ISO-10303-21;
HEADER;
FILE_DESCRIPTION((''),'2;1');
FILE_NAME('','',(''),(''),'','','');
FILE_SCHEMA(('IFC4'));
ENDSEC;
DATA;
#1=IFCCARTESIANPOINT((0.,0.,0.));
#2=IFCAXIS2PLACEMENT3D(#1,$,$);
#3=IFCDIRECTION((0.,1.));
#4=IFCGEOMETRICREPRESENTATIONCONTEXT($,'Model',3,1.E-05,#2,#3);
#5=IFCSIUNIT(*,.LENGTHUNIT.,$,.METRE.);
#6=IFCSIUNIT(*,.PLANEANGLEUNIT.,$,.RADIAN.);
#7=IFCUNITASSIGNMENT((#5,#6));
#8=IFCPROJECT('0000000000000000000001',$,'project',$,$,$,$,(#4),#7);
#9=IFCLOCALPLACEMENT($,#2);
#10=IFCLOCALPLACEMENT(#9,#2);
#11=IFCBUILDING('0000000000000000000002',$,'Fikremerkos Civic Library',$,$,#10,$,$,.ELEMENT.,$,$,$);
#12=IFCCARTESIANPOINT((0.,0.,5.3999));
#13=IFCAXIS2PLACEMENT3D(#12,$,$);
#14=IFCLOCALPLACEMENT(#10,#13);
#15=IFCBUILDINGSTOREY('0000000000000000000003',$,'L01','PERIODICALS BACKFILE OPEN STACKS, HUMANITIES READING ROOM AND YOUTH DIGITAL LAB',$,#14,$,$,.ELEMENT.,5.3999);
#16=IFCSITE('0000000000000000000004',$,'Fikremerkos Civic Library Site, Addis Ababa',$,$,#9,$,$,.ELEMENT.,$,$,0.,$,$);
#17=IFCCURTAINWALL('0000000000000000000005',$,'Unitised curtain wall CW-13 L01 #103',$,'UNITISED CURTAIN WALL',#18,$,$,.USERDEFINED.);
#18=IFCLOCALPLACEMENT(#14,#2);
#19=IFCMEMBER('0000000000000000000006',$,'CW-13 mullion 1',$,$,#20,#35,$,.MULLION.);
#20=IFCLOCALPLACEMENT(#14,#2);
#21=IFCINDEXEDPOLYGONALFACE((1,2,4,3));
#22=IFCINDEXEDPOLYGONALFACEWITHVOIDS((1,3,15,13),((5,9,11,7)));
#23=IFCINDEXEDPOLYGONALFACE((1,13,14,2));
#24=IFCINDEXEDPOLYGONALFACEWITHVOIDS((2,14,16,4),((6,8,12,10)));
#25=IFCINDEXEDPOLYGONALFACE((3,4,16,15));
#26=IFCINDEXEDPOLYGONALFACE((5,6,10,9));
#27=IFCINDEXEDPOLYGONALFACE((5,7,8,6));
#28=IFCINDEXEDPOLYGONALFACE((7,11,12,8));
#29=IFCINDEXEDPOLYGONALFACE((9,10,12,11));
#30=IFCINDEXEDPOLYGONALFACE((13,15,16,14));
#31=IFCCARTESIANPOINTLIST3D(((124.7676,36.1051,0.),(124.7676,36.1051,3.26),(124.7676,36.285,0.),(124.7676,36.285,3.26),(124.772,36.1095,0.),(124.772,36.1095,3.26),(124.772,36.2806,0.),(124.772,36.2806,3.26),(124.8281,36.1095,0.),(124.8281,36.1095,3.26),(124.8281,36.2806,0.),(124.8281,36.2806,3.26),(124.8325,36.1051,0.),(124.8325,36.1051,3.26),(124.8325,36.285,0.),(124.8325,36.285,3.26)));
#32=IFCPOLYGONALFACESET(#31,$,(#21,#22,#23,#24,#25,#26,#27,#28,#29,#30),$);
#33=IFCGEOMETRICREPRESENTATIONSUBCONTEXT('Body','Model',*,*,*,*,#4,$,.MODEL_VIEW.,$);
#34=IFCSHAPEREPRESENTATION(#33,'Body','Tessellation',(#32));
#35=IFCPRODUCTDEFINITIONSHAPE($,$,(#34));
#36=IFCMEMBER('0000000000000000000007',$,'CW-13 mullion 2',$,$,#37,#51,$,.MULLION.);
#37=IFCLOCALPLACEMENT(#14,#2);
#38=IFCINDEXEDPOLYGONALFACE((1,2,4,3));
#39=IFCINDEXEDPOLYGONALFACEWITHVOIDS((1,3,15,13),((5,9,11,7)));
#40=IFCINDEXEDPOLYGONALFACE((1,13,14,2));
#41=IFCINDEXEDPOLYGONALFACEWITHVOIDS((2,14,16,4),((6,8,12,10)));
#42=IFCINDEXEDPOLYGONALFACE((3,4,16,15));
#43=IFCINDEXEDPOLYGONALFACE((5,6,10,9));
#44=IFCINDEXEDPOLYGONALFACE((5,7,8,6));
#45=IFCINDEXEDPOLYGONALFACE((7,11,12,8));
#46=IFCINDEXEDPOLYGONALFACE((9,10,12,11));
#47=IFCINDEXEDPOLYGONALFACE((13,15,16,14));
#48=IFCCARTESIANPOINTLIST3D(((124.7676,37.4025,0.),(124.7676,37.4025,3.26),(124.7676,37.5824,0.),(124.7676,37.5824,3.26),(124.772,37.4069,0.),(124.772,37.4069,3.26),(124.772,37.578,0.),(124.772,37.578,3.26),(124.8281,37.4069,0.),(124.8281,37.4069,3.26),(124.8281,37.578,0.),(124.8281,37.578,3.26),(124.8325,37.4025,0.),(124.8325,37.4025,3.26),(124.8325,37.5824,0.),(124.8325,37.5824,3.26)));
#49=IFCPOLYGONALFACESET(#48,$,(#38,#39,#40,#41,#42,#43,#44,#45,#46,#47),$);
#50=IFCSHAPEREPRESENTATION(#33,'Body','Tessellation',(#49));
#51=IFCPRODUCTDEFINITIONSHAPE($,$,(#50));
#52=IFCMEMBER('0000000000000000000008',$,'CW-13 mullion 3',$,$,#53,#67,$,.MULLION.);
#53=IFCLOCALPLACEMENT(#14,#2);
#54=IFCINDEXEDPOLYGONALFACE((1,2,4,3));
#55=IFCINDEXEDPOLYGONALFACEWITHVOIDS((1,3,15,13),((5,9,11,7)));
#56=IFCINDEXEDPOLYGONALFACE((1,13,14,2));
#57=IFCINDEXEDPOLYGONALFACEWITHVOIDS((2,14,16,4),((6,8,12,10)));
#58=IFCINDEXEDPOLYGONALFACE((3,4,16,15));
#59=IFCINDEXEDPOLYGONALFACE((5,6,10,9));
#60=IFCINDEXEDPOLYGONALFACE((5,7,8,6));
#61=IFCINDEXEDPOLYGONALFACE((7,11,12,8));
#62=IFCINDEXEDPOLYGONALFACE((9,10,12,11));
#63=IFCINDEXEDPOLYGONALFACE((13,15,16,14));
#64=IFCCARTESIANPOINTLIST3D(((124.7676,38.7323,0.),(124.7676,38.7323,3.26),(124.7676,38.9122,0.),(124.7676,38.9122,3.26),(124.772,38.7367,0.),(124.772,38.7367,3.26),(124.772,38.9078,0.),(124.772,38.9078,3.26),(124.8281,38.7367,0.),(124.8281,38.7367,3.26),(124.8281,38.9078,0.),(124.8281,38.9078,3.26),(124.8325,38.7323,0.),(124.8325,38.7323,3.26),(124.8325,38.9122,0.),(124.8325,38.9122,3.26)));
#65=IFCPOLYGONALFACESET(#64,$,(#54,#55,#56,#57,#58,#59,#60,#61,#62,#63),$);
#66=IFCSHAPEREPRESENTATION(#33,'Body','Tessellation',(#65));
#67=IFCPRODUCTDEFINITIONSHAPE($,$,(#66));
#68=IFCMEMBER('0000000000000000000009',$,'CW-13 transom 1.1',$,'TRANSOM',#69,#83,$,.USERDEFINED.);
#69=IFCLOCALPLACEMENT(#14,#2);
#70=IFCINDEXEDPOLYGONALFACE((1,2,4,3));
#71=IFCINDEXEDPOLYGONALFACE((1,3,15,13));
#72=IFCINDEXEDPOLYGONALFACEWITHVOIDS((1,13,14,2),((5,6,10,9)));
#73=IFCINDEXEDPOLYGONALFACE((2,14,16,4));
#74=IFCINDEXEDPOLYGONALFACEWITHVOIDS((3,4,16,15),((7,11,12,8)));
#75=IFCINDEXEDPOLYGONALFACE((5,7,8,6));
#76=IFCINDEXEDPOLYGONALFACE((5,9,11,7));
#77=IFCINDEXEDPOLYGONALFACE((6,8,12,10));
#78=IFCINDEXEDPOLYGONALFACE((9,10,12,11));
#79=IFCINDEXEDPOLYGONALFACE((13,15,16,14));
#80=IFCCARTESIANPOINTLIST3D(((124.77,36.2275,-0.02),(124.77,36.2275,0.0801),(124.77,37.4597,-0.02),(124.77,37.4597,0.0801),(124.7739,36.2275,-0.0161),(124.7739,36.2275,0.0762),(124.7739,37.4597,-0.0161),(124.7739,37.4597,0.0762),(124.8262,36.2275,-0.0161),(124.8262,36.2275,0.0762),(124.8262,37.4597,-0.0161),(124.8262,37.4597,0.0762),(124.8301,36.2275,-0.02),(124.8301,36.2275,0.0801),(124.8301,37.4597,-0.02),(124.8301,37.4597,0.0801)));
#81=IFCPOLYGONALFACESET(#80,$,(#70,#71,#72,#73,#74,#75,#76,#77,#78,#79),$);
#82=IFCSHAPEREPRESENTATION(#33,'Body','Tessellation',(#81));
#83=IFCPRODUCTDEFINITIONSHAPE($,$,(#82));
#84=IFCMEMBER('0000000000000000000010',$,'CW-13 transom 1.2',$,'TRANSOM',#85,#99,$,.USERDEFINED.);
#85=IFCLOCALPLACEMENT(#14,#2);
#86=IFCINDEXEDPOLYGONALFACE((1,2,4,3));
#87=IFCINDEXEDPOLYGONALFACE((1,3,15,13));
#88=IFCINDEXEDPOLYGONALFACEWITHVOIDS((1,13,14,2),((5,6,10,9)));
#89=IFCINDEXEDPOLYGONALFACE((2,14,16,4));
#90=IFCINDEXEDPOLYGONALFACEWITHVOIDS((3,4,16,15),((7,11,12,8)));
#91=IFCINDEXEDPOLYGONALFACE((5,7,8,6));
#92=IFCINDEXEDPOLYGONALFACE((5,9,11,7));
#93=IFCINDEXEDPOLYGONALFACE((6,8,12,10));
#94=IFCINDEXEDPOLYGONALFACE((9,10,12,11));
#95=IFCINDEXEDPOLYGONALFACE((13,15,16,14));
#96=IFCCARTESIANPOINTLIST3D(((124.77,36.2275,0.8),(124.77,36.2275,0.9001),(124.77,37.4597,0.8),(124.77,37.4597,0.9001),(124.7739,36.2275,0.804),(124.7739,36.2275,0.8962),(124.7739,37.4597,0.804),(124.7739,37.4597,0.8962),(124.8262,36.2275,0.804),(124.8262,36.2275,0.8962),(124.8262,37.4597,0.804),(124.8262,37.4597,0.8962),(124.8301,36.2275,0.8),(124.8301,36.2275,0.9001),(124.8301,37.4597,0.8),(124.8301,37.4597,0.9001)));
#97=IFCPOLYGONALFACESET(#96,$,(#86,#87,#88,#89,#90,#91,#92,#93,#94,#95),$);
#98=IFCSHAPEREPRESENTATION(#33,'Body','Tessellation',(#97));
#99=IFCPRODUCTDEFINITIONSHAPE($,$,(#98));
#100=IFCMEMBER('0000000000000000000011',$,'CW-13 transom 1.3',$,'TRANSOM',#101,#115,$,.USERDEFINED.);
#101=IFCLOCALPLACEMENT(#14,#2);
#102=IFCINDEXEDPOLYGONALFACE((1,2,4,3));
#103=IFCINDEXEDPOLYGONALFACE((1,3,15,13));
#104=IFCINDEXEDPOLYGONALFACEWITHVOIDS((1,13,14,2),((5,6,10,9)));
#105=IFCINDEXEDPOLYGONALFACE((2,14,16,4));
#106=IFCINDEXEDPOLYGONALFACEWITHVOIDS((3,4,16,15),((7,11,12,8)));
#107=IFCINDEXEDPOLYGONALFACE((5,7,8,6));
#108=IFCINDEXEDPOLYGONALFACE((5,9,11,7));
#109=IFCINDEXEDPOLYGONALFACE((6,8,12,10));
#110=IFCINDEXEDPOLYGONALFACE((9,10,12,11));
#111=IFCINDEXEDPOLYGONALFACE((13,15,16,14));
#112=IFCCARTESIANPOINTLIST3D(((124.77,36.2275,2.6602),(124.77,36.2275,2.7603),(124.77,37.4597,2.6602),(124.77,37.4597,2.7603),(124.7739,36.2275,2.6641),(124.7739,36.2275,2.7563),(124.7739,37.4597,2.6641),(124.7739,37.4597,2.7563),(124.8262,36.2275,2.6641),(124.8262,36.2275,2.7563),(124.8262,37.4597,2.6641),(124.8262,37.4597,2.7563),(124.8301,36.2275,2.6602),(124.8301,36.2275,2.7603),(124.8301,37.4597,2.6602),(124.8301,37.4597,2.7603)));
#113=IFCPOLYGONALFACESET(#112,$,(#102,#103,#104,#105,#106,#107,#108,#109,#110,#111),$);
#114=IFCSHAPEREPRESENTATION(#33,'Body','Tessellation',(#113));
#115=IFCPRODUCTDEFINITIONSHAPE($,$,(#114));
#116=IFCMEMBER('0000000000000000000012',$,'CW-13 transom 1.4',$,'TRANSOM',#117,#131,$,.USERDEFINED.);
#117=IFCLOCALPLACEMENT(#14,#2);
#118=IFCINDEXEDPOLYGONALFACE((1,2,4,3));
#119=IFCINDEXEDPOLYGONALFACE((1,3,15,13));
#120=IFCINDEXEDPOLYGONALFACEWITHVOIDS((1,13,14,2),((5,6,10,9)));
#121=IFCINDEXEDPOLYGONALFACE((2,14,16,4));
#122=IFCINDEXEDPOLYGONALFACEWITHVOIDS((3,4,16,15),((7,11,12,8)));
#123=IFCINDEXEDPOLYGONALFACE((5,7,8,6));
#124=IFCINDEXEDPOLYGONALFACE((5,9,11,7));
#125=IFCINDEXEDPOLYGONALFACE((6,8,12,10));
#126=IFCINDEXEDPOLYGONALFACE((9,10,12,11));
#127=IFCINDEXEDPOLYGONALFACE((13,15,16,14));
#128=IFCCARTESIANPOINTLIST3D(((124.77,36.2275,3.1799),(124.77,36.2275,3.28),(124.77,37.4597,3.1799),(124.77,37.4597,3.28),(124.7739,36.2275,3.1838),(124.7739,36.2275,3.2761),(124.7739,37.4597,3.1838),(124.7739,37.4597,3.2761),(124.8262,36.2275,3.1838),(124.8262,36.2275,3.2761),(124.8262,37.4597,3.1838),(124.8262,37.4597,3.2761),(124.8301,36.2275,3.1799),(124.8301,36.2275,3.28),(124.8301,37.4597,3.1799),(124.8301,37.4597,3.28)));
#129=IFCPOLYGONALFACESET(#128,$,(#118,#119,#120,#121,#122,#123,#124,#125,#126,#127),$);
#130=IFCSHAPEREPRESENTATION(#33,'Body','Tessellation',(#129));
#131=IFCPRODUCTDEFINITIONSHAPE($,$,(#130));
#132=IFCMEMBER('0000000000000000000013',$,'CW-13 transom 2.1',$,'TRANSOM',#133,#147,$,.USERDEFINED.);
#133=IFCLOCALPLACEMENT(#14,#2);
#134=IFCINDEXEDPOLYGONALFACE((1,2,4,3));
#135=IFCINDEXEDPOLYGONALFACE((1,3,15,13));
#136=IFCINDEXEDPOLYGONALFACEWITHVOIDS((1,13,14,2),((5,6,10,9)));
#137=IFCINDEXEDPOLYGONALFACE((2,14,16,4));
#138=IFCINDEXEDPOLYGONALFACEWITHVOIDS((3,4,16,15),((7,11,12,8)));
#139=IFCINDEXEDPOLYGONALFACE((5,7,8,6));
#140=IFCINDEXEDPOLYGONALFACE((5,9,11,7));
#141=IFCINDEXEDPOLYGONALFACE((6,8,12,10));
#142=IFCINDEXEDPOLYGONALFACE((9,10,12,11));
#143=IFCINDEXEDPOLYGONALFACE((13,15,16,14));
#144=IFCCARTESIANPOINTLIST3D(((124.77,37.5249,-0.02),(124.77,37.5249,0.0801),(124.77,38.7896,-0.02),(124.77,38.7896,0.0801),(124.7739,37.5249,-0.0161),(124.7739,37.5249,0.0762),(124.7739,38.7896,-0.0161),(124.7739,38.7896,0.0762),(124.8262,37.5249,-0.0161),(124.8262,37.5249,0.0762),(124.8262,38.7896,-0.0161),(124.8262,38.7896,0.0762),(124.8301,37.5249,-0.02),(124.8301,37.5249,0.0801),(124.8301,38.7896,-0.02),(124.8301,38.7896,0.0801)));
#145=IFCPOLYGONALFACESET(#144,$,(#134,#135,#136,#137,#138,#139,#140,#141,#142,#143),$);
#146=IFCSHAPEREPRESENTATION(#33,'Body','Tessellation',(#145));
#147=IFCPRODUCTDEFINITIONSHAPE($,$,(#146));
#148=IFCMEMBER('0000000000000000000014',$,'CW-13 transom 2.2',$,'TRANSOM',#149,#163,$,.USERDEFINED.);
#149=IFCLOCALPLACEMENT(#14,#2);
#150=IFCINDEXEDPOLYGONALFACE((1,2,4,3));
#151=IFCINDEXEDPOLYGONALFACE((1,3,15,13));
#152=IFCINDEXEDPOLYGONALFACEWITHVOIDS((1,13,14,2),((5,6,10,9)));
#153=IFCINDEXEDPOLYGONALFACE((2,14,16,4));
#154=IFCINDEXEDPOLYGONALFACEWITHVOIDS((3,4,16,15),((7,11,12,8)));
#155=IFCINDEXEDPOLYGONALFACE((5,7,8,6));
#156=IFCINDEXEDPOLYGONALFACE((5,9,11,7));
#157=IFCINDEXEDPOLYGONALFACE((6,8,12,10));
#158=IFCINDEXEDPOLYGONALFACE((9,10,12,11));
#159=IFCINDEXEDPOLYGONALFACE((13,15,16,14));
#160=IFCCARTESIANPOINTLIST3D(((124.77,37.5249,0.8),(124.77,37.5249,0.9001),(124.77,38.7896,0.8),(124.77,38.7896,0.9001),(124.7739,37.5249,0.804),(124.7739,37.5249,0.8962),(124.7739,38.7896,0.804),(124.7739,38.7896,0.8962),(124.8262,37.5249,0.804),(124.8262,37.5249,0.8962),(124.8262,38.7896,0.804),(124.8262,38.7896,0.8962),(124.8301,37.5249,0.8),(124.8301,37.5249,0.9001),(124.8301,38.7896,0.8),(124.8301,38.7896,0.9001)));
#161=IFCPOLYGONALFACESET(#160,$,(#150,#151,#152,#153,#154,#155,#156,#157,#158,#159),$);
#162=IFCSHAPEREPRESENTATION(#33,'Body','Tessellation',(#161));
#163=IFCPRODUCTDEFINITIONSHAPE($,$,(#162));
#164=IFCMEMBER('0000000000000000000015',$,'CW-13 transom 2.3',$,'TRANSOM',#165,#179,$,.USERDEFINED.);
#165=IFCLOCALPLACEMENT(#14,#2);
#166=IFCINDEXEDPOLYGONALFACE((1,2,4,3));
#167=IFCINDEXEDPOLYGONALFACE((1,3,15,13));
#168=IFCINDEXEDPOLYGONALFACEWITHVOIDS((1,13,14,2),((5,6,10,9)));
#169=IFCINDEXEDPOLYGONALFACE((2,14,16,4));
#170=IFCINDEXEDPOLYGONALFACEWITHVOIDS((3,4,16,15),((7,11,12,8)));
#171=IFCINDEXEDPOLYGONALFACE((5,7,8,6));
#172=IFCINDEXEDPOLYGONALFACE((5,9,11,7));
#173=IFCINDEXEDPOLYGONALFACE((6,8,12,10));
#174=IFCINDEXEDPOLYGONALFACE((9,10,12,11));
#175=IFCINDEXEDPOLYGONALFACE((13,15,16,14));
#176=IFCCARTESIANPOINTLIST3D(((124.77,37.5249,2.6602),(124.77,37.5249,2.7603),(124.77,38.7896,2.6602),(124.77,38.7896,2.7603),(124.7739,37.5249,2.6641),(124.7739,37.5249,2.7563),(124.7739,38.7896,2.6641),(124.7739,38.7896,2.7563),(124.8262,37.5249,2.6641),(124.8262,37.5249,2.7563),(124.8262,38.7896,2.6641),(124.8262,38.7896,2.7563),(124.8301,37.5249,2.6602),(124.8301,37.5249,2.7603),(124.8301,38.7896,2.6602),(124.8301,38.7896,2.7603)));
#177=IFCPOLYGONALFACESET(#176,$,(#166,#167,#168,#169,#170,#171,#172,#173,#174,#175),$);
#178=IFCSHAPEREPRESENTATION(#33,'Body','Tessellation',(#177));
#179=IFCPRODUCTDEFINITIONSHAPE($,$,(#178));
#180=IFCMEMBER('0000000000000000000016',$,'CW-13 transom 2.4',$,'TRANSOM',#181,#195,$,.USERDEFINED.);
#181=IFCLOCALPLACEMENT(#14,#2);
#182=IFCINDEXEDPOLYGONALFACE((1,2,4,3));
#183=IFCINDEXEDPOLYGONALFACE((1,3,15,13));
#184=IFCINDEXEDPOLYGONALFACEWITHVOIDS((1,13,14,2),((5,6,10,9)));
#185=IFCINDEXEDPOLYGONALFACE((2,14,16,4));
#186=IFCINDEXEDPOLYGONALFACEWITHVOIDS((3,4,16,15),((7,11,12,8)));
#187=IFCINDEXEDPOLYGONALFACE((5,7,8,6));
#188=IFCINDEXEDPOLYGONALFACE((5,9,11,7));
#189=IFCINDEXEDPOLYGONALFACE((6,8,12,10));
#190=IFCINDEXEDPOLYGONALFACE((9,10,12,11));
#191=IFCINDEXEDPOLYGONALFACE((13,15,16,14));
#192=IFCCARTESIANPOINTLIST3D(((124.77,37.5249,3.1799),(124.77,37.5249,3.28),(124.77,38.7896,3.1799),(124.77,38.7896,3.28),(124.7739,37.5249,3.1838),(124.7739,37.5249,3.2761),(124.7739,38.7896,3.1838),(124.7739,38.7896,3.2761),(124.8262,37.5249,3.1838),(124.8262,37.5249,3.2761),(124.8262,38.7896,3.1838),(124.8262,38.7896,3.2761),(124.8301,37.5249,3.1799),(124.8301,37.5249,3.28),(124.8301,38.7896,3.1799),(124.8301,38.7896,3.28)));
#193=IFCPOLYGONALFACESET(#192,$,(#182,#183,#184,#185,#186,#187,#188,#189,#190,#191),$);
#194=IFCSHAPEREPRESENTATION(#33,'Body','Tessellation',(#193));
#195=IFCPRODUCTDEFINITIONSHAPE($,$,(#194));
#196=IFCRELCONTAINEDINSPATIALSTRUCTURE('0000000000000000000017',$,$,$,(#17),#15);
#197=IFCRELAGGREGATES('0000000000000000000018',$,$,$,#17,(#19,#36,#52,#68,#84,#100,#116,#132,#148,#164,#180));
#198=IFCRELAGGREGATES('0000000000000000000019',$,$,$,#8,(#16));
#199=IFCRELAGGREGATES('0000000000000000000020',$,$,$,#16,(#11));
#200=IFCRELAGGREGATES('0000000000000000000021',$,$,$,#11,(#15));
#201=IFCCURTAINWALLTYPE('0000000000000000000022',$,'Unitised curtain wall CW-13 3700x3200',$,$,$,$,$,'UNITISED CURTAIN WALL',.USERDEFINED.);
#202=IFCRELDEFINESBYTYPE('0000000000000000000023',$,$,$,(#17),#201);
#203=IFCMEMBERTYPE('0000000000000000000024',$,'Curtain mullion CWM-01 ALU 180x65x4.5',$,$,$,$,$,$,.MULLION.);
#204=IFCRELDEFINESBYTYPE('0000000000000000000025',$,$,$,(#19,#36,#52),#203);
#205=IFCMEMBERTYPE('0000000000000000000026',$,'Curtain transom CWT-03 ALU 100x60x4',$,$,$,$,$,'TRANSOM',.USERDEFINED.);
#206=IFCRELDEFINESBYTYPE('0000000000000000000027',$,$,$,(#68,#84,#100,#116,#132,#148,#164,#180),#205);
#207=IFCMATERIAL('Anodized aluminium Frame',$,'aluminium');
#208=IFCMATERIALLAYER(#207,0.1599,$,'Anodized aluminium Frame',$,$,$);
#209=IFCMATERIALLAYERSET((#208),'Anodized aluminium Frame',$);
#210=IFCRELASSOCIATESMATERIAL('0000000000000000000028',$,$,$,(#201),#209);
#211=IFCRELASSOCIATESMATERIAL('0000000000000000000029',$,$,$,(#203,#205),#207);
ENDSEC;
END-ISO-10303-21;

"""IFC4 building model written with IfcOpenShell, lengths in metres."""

from ifc_helpers import new_model, si_unit, direction, frame, origin, origin_2d, place, context, subcontext, project, spatial, hollow_rectangle, extrude, material, layer, layer_set, material_profile, profile_set, type_object, element, aggregate, save


model = new_model("IFC4")

# Units and contexts
model_context = context("Model", 3, precision=1e-05, world=origin(), true_north=direction((0.0, 1.0)))
body_context = subcontext(model_context, "Body", "Model", "MODEL_VIEW")
ifc_project = project(units=[si_unit("LENGTHUNIT", "METRE"), si_unit("PLANEANGLEUNIT", "RADIAN")], contexts=[model_context])

# Site, building, storey
site_placement = place(None, origin())
site = spatial("IfcSite", under=ifc_project, at=site_placement, Name="Fikremerkos Civic Library Site, Addis Ababa", CompositionType="ELEMENT", RefElevation=0.0)
building_placement = place(site_placement, origin())
building = spatial("IfcBuilding", under=site, at=building_placement, Name="Fikremerkos Civic Library", CompositionType="ELEMENT")
storey_placement = place(building_placement, frame((0.0, 0.0, 5.3999)))
storey = spatial("IfcBuildingStorey", under=building, at=storey_placement, Name="L01", Description="PERIODICALS BACKFILE OPEN STACKS, HUMANITIES READING ROOM AND YOUTH DIGITAL LAB", CompositionType="ELEMENT", Elevation=5.3999)

# Curtain wall, members
ifc_material_1 = material(Name="Anodized aluminium Frame", Category="aluminium")
ifc_layer_1 = layer(ifc_material_1, 0.1599, Name="Anodized aluminium Frame")
ifc_layer_set_1 = layer_set([ifc_layer_1], Name="Anodized aluminium Frame")
curtain_wall_type = type_object("IfcCurtainWallType", Name="Unitised curtain wall CW-13 3700x3200", ElementType="UNITISED CURTAIN WALL", PredefinedType="USERDEFINED", material=ifc_layer_set_1)
curtain_wall_placement = place(storey_placement, origin())
curtain_wall = element("IfcCurtainWall", 1, at=curtain_wall_placement, inside=storey, type_object=curtain_wall_type, Name="Unitised curtain wall CW-13 L01 #103", ObjectType="UNITISED CURTAIN WALL", PredefinedType="USERDEFINED")
ifc_material_profile_1 = material_profile(ifc_material_1, hollow_rectangle(XDim=0.0649, YDim=0.1799, WallThickness=0.0044, at=origin_2d()), Name="ALU 180x65x4.5")
ifc_profile_set_1 = profile_set([ifc_material_profile_1], Name="Anodized aluminium Frame")
member_type_1 = type_object("IfcMemberType", Name="Curtain mullion CWM-01 ALU 180x65x4.5", PredefinedType="MULLION", material=ifc_profile_set_1)
member_1_placement = place(storey_placement, frame((124.8, 36.1951, 0.0), z_axis=(0.0, 0.0, 1.0), x_axis=(-1.0, 0.0, 0.0)))
member_1 = element("IfcMember", 2, at=member_1_placement, type_object=member_type_1, Name="CW-13 mullion 1", PredefinedType="MULLION", context=body_context, shape_type="SweptSolid", body=[
    extrude(hollow_rectangle(XDim=0.0649, YDim=0.1799, WallThickness=0.0044, at=origin_2d()), origin(), (0.0, 0.0, 1.0), 3.26),
])
member_2_placement = place(storey_placement, frame((124.8, 37.4924, 0.0), z_axis=(0.0, 0.0, 1.0), x_axis=(-1.0, 0.0, 0.0)))
member_2 = element("IfcMember", 3, at=member_2_placement, type_object=member_type_1, Name="CW-13 mullion 2", PredefinedType="MULLION", context=body_context, shape_type="SweptSolid", body=[
    extrude(hollow_rectangle(XDim=0.0649, YDim=0.1799, WallThickness=0.0044, at=origin_2d()), origin(), (0.0, 0.0, 1.0), 3.26),
])
member_3_placement = place(storey_placement, frame((124.8, 38.8223, 0.0), z_axis=(0.0, 0.0, 1.0), x_axis=(-1.0, 0.0, 0.0)))
member_3 = element("IfcMember", 4, at=member_3_placement, type_object=member_type_1, Name="CW-13 mullion 3", PredefinedType="MULLION", context=body_context, shape_type="SweptSolid", body=[
    extrude(hollow_rectangle(XDim=0.0649, YDim=0.1799, WallThickness=0.0044, at=origin_2d()), origin(), (0.0, 0.0, 1.0), 3.26),
])
ifc_material_profile_2 = material_profile(ifc_material_1, hollow_rectangle(XDim=0.0601, YDim=0.1001, WallThickness=0.0039, at=origin_2d()), Name="ALU 100x60x4")
ifc_profile_set_2 = profile_set([ifc_material_profile_2], Name="Anodized aluminium Frame")
member_type_2 = type_object("IfcMemberType", Name="Curtain transom CWT-03 ALU 100x60x4", ElementType="TRANSOM", PredefinedType="USERDEFINED", material=ifc_profile_set_2)
member_4_placement = place(storey_placement, frame((124.8, 36.2275, 0.03), z_axis=(0.0, 1.0, 0.0), x_axis=(-1.0, 0.0, 0.0)))
member_4 = element("IfcMember", 5, at=member_4_placement, type_object=member_type_2, Name="CW-13 transom 1.1", ObjectType="TRANSOM", PredefinedType="USERDEFINED", context=body_context, shape_type="SweptSolid", body=[
    extrude(hollow_rectangle(XDim=0.0601, YDim=0.1001, WallThickness=0.0039, at=origin_2d()), origin(), (0.0, 0.0, 1.0), 1.2322),
])
member_5_placement = place(storey_placement, frame((124.8, 36.2275, 0.8501), z_axis=(0.0, 1.0, 0.0), x_axis=(-1.0, 0.0, 0.0)))
member_5 = element("IfcMember", 6, at=member_5_placement, type_object=member_type_2, Name="CW-13 transom 1.2", ObjectType="TRANSOM", PredefinedType="USERDEFINED", context=body_context, shape_type="SweptSolid", body=[
    extrude(hollow_rectangle(XDim=0.0601, YDim=0.1001, WallThickness=0.0039, at=origin_2d()), origin(), (0.0, 0.0, 1.0), 1.2322),
])
member_6_placement = place(storey_placement, frame((124.8, 36.2275, 2.7102), z_axis=(0.0, 1.0, 0.0), x_axis=(-1.0, 0.0, 0.0)))
member_6 = element("IfcMember", 7, at=member_6_placement, type_object=member_type_2, Name="CW-13 transom 1.3", ObjectType="TRANSOM", PredefinedType="USERDEFINED", context=body_context, shape_type="SweptSolid", body=[
    extrude(hollow_rectangle(XDim=0.0601, YDim=0.1001, WallThickness=0.0039, at=origin_2d()), origin(), (0.0, 0.0, 1.0), 1.2322),
])
member_7_placement = place(storey_placement, frame((124.8, 36.2275, 3.23), z_axis=(0.0, 1.0, 0.0), x_axis=(-1.0, 0.0, 0.0)))
member_7 = element("IfcMember", 8, at=member_7_placement, type_object=member_type_2, Name="CW-13 transom 1.4", ObjectType="TRANSOM", PredefinedType="USERDEFINED", context=body_context, shape_type="SweptSolid", body=[
    extrude(hollow_rectangle(XDim=0.0601, YDim=0.1001, WallThickness=0.0039, at=origin_2d()), origin(), (0.0, 0.0, 1.0), 1.2322),
])
member_8_placement = place(storey_placement, frame((124.8, 37.5249, 0.03), z_axis=(0.0, 1.0, 0.0), x_axis=(-1.0, 0.0, 0.0)))
member_8 = element("IfcMember", 9, at=member_8_placement, type_object=member_type_2, Name="CW-13 transom 2.1", ObjectType="TRANSOM", PredefinedType="USERDEFINED", context=body_context, shape_type="SweptSolid", body=[
    extrude(hollow_rectangle(XDim=0.0601, YDim=0.1001, WallThickness=0.0039, at=origin_2d()), origin(), (0.0, 0.0, 1.0), 1.2646),
])
member_9_placement = place(storey_placement, frame((124.8, 37.5249, 0.8501), z_axis=(0.0, 1.0, 0.0), x_axis=(-1.0, 0.0, 0.0)))
member_9 = element("IfcMember", 10, at=member_9_placement, type_object=member_type_2, Name="CW-13 transom 2.2", ObjectType="TRANSOM", PredefinedType="USERDEFINED", context=body_context, shape_type="SweptSolid", body=[
    extrude(hollow_rectangle(XDim=0.0601, YDim=0.1001, WallThickness=0.0039, at=origin_2d()), origin(), (0.0, 0.0, 1.0), 1.2646),
])
member_10_placement = place(storey_placement, frame((124.8, 37.5249, 2.7102), z_axis=(0.0, 1.0, 0.0), x_axis=(-1.0, 0.0, 0.0)))
member_10 = element("IfcMember", 11, at=member_10_placement, type_object=member_type_2, Name="CW-13 transom 2.3", ObjectType="TRANSOM", PredefinedType="USERDEFINED", context=body_context, shape_type="SweptSolid", body=[
    extrude(hollow_rectangle(XDim=0.0601, YDim=0.1001, WallThickness=0.0039, at=origin_2d()), origin(), (0.0, 0.0, 1.0), 1.2646),
])
member_11_placement = place(storey_placement, frame((124.8, 37.5249, 3.23), z_axis=(0.0, 1.0, 0.0), x_axis=(-1.0, 0.0, 0.0)))
member_11 = element("IfcMember", 12, at=member_11_placement, type_object=member_type_2, Name="CW-13 transom 2.4", ObjectType="TRANSOM", PredefinedType="USERDEFINED", context=body_context, shape_type="SweptSolid", body=[
    extrude(hollow_rectangle(XDim=0.0601, YDim=0.1001, WallThickness=0.0039, at=origin_2d()), origin(), (0.0, 0.0, 1.0), 1.2646),
])
aggregate(curtain_wall, [member_1, member_2, member_3, member_4, member_5, member_6, member_7, member_8, member_9, member_10, member_11])

save(model, "model.ifc")
